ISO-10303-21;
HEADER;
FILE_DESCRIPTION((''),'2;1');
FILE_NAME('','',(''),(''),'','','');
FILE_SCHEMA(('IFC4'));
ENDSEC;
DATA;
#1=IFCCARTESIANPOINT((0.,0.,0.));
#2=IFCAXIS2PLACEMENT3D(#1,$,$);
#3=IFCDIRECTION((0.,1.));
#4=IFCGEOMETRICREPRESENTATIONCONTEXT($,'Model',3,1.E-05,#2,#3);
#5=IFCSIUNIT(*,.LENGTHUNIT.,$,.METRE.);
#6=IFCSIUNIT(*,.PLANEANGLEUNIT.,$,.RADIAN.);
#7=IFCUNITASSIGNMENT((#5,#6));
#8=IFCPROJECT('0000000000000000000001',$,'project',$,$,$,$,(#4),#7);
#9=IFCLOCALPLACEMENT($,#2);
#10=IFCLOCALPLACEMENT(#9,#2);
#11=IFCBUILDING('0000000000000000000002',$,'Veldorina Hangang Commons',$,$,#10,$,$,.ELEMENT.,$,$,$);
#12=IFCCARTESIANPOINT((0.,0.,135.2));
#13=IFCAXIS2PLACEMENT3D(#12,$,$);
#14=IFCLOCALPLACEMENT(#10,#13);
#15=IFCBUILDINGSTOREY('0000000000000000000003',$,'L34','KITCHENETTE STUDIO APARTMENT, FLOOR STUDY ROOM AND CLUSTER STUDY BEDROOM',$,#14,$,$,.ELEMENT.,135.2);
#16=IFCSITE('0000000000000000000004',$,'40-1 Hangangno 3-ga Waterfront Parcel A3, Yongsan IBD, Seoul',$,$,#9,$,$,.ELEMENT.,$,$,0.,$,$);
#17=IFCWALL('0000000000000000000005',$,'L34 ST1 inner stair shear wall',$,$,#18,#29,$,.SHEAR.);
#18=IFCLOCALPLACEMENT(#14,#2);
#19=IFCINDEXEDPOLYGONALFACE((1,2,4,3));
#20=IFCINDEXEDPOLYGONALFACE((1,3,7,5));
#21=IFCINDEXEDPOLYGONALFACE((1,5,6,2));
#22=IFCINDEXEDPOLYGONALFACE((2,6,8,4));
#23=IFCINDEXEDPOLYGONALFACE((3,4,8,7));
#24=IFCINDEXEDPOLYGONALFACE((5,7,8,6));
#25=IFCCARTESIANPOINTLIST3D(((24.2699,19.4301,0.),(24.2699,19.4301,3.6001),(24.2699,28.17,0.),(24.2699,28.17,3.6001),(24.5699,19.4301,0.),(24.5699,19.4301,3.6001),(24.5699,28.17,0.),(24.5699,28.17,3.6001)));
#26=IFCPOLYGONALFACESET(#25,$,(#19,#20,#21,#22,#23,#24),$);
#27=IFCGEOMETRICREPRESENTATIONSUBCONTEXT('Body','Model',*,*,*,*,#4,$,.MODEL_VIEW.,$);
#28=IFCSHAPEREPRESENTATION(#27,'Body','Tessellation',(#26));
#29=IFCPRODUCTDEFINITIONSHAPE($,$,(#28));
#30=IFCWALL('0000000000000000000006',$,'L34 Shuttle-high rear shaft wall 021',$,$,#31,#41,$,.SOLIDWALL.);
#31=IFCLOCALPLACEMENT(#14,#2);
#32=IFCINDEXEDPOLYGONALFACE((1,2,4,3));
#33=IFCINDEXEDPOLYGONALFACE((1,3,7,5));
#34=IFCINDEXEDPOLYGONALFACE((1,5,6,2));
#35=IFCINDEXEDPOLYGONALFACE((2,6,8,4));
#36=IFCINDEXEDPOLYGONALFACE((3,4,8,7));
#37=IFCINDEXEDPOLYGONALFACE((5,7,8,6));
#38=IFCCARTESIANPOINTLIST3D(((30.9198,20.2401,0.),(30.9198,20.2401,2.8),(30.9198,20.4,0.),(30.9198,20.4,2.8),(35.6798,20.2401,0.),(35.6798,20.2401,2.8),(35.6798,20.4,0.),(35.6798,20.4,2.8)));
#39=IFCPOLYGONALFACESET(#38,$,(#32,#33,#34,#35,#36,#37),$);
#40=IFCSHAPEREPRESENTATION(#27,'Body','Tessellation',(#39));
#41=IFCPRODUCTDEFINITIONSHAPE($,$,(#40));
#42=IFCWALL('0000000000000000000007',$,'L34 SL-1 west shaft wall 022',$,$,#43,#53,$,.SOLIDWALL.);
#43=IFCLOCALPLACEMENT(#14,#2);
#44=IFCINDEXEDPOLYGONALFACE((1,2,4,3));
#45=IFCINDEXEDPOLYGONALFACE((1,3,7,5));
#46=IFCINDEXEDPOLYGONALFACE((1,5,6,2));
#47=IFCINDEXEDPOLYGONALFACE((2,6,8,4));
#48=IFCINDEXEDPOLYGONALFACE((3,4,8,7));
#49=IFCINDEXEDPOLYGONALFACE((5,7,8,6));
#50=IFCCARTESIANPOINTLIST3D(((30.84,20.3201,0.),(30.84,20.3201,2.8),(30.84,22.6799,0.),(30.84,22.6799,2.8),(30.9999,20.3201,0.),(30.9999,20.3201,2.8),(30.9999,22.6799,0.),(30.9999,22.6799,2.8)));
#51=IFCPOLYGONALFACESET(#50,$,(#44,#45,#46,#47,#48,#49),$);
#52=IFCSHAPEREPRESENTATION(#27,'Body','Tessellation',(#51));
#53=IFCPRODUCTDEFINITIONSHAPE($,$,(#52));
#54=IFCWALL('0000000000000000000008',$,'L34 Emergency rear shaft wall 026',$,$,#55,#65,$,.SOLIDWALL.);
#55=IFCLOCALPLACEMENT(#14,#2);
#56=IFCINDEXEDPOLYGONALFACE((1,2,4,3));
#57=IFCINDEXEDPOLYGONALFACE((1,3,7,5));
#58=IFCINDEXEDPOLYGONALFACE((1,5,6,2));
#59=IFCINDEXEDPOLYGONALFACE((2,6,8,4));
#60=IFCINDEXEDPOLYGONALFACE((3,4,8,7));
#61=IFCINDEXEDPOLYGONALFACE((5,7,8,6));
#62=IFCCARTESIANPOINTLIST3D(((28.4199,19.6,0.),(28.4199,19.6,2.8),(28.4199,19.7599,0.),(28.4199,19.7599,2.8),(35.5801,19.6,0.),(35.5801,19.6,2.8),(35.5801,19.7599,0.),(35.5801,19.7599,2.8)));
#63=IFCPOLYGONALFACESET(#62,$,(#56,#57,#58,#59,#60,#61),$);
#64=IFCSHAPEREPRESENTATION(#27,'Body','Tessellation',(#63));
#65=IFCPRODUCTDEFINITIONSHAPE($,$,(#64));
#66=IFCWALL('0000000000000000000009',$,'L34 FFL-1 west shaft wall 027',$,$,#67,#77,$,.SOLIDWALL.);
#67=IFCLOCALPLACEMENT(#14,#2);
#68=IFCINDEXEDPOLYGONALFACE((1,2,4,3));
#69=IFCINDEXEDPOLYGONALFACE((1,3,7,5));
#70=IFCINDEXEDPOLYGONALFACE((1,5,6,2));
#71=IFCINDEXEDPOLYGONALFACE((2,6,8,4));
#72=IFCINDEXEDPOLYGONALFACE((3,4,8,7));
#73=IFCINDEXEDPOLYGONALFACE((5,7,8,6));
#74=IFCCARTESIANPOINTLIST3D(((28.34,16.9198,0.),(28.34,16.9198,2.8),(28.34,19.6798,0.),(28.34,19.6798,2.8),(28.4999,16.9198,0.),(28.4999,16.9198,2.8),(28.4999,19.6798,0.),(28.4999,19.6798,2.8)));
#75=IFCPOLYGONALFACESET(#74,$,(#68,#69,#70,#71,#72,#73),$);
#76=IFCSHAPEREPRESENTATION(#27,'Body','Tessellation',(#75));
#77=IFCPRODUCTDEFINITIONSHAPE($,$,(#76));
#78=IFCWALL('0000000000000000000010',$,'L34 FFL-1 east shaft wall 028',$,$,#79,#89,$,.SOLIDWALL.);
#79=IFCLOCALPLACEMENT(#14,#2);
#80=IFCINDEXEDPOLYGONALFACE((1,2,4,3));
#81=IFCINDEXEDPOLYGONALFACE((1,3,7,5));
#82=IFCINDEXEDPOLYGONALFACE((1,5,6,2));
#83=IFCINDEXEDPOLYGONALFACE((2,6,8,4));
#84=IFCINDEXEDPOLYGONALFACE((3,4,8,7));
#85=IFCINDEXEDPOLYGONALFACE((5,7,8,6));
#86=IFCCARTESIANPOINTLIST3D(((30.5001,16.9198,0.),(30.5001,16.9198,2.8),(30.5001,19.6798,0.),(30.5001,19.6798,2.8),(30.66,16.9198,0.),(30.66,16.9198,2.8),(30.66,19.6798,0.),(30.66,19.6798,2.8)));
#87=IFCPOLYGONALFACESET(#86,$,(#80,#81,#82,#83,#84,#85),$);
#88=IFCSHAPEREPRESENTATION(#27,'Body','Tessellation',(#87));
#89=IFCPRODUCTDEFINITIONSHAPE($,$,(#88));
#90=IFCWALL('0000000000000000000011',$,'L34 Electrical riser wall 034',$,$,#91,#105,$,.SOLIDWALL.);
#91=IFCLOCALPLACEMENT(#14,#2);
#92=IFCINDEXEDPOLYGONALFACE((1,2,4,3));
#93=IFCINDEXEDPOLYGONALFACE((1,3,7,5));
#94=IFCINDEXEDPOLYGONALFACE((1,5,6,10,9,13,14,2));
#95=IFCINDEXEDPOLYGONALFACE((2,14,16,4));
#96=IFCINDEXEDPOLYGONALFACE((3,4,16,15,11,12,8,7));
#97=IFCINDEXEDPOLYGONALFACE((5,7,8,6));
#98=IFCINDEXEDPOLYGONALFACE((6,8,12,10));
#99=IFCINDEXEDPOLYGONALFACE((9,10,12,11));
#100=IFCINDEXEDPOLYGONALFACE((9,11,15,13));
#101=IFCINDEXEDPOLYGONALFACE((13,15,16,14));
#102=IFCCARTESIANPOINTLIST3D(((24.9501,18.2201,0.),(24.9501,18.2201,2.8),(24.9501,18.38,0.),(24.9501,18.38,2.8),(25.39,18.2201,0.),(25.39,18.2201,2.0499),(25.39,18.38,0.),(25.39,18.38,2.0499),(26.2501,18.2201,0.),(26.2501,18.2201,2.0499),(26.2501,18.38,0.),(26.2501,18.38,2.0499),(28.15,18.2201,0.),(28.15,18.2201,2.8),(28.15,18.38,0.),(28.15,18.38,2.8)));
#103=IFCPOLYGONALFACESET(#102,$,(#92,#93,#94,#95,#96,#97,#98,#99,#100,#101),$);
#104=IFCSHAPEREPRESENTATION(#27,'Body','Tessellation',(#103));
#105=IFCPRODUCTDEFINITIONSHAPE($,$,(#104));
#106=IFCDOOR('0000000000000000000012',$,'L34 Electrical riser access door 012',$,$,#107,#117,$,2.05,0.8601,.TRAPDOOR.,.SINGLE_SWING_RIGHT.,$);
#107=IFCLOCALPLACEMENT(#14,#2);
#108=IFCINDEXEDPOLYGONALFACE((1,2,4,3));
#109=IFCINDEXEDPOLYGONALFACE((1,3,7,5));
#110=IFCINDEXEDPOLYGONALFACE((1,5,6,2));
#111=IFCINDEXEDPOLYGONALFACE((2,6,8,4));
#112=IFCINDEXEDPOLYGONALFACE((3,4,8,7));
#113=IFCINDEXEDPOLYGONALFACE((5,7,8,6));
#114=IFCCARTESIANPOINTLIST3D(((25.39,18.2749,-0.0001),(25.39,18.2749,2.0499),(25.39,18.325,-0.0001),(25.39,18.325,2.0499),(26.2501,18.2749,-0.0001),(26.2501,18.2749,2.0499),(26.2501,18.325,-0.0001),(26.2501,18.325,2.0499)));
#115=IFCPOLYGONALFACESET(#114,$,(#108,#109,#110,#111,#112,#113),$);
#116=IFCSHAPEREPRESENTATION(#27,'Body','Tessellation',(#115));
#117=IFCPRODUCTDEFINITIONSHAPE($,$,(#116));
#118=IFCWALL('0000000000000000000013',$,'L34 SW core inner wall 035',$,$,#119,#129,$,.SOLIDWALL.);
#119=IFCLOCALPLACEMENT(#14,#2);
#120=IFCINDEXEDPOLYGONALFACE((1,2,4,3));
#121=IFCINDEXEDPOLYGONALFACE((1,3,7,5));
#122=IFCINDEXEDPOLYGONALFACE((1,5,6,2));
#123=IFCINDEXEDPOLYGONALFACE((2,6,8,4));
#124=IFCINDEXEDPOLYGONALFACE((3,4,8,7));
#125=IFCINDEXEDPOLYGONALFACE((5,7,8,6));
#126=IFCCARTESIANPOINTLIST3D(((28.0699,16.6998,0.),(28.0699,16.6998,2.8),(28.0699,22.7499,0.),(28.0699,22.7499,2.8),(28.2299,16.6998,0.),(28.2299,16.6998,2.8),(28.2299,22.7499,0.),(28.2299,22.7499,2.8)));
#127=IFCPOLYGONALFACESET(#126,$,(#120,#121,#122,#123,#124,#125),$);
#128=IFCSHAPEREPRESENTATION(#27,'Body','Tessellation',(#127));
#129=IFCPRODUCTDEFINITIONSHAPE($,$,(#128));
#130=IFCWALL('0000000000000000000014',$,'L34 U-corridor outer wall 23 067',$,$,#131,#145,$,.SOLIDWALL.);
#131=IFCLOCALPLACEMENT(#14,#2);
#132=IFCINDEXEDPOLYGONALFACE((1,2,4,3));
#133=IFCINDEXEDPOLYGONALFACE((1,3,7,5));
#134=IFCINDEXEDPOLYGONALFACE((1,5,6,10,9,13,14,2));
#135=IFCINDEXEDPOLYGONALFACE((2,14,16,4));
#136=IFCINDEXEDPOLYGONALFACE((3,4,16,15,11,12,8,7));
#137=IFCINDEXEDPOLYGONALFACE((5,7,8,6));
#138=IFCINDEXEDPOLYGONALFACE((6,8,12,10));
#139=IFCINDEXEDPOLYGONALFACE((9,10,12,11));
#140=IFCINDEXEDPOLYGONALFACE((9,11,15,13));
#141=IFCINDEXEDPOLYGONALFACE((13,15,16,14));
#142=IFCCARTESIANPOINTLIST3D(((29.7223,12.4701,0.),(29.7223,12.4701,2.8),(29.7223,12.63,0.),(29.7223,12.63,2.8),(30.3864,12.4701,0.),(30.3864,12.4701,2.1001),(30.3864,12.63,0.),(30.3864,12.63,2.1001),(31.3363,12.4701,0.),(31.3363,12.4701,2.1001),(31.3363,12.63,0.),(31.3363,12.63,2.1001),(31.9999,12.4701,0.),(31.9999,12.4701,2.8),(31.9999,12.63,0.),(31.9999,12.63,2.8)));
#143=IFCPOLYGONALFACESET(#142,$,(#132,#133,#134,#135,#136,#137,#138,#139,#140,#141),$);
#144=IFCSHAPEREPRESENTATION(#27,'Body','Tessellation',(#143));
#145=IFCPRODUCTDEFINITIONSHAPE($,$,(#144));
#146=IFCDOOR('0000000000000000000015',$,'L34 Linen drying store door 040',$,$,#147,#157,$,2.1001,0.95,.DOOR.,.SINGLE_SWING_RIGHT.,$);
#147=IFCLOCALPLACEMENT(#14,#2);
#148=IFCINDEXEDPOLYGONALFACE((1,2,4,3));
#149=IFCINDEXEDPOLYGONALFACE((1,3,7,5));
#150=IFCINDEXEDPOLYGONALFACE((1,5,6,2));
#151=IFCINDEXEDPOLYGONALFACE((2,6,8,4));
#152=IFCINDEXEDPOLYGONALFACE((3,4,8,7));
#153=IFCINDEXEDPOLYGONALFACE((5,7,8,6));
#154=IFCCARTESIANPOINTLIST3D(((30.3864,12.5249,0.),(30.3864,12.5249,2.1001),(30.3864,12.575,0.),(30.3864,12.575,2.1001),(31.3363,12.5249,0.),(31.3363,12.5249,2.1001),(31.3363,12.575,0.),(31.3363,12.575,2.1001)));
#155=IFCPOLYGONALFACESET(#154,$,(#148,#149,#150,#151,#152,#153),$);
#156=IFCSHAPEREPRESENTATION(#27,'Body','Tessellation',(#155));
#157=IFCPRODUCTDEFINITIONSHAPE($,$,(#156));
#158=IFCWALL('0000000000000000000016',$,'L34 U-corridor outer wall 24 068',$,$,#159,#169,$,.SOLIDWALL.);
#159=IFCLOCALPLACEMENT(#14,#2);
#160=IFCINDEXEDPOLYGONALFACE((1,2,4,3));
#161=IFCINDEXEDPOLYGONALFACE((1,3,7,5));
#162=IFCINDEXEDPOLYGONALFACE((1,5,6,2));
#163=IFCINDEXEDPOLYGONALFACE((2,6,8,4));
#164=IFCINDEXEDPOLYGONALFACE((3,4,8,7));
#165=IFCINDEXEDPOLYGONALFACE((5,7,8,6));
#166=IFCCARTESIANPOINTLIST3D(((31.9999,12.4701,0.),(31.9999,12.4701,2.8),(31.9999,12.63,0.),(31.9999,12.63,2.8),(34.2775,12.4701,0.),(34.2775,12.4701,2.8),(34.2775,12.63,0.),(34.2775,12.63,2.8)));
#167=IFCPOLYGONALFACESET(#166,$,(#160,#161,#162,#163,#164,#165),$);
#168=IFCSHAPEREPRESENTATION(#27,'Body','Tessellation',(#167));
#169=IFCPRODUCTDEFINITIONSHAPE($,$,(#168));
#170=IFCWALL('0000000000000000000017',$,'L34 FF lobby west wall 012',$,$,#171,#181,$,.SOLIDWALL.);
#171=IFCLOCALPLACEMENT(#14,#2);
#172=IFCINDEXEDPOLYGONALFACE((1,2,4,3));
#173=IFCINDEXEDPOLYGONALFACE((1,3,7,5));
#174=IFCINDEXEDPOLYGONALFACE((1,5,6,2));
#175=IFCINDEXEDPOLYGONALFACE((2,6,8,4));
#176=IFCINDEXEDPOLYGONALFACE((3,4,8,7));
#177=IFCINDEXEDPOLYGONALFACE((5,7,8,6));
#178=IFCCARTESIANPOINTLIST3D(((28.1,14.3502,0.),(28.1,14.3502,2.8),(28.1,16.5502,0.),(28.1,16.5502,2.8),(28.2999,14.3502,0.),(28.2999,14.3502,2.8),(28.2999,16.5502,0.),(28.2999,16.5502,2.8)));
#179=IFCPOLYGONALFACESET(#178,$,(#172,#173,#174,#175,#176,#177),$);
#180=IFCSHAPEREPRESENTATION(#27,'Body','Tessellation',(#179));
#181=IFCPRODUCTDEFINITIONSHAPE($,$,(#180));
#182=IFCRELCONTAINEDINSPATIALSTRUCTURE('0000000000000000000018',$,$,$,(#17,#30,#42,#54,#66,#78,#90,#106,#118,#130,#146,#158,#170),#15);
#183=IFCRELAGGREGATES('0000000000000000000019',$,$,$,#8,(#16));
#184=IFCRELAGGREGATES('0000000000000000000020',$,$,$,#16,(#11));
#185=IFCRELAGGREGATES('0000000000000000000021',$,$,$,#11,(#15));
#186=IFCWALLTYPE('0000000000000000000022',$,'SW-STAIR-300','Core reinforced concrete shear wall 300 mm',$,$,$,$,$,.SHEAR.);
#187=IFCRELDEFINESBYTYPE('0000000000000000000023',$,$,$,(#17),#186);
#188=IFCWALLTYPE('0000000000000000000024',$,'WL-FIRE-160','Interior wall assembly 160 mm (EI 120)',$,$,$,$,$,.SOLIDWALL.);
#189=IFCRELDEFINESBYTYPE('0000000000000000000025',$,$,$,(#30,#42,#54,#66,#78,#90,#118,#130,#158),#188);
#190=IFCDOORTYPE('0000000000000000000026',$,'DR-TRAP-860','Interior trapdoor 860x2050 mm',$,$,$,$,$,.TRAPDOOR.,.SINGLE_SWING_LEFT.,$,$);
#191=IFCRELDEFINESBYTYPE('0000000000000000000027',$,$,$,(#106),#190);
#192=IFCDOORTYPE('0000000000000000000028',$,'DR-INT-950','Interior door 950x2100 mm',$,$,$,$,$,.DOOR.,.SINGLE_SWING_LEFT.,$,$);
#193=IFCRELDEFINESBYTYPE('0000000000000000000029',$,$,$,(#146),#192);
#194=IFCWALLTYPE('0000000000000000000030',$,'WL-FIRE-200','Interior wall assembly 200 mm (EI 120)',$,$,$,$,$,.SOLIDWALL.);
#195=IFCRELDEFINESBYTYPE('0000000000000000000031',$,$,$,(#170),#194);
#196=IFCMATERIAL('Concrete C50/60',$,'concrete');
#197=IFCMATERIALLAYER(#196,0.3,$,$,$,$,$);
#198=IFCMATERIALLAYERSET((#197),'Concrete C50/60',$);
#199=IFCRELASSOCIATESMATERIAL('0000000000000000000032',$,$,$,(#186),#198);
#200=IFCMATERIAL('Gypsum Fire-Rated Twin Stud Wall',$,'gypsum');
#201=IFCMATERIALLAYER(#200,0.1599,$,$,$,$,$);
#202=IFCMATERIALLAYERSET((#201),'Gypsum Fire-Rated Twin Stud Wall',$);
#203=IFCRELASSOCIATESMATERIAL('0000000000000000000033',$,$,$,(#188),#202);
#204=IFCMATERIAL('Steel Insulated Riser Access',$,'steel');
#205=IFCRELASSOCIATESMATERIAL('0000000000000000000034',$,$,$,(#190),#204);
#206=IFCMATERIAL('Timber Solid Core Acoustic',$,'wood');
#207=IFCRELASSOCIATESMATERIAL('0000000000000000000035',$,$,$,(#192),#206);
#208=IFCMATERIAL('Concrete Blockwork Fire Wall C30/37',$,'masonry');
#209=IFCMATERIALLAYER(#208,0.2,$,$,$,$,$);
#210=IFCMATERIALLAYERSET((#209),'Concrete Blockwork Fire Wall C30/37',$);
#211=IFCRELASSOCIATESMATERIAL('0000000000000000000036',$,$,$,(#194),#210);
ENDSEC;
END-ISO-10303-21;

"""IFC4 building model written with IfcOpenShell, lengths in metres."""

from ifc_helpers import new_model, si_unit, direction, frame, frame_2d, origin, place, context, subcontext, project, spatial, rectangle, extrude, material, layer, layer_set, type_object, element, fill, save


model = new_model("IFC4")

# Units and contexts
model_context = context("Model", 3, precision=1e-05, world=origin(), true_north=direction((0.0, 1.0)))
body_context = subcontext(model_context, "Body", "Model", "MODEL_VIEW")
ifc_project = project(units=[si_unit("LENGTHUNIT", "METRE"), si_unit("PLANEANGLEUNIT", "RADIAN")], contexts=[model_context])

# Site, building, storey
site_placement = place(None, origin())
site = spatial("IfcSite", under=ifc_project, at=site_placement, Name="40-1 Hangangno 3-ga Waterfront Parcel A3, Yongsan IBD, Seoul", CompositionType="ELEMENT", RefElevation=0.0)
building_placement = place(site_placement, origin())
building = spatial("IfcBuilding", under=site, at=building_placement, Name="Veldorina Hangang Commons", CompositionType="ELEMENT")
storey_placement = place(building_placement, frame((0.0, 0.0, 135.2)))
storey = spatial("IfcBuildingStorey", under=building, at=storey_placement, Name="L34", Description="KITCHENETTE STUDIO APARTMENT, FLOOR STUDY ROOM AND CLUSTER STUDY BEDROOM", CompositionType="ELEMENT", Elevation=135.2)

# Walls
ifc_material_1 = material(Name="Concrete C50/60", Category="concrete")
ifc_layer_1 = layer(ifc_material_1, 0.3)
ifc_layer_set_1 = layer_set([ifc_layer_1], Name="Concrete C50/60")
wall_type_1 = type_object("IfcWallType", Name="SW-STAIR-300", Description="Core reinforced concrete shear wall 300 mm", PredefinedType="SHEAR", material=ifc_layer_set_1)
wall_1_placement = place(storey_placement, frame((24.4199, 19.4299, 0.0), z_axis=(0.0, 0.0, 1.0), x_axis=(0.0, 1.0, 0.0)))
element("IfcWall", 1, at=wall_1_placement, inside=storey, type_object=wall_type_1, Name="L34 ST1 inner stair shear wall", PredefinedType="SHEAR", context=body_context, shape_type="SweptSolid", body=[
    extrude(rectangle(XDim=8.74, YDim=0.3, at=frame_2d((4.3701, 0.0))), origin(), (0.0, 0.0, 1.0), 3.6001),
])
ifc_material_2 = material(Name="Gypsum Fire-Rated Twin Stud Wall", Category="gypsum")
ifc_layer_2 = layer(ifc_material_2, 0.1599)
ifc_layer_set_2 = layer_set([ifc_layer_2], Name="Gypsum Fire-Rated Twin Stud Wall")
wall_type_2 = type_object("IfcWallType", Name="WL-FIRE-160", Description="Interior wall assembly 160 mm (EI 120)", PredefinedType="SOLIDWALL", material=ifc_layer_set_2)
wall_2_placement = place(storey_placement, frame((30.9199, 20.3201, 0.0), z_axis=(0.0, 0.0, 1.0), x_axis=(1.0, 0.0, 0.0)))
element("IfcWall", 2, at=wall_2_placement, inside=storey, type_object=wall_type_2, Name="L34 Shuttle-high rear shaft wall 021", PredefinedType="SOLIDWALL", context=body_context, shape_type="SweptSolid", body=[
    extrude(rectangle(XDim=4.76, YDim=0.1599, at=frame_2d((2.3799, 0.0))), origin(), (0.0, 0.0, 1.0), 2.8),
])
wall_3_placement = place(storey_placement, frame((30.9199, 20.3201, 0.0), z_axis=(0.0, 0.0, 1.0), x_axis=(0.0, 1.0, 0.0)))
element("IfcWall", 3, at=wall_3_placement, inside=storey, type_object=wall_type_2, Name="L34 SL-1 west shaft wall 022", PredefinedType="SOLIDWALL", context=body_context, shape_type="SweptSolid", body=[
    extrude(rectangle(XDim=2.3599, YDim=0.1599, at=frame_2d((1.1799, 0.0))), origin(), (0.0, 0.0, 1.0), 2.8),
])

# Walls
wall_4_placement = place(storey_placement, frame((28.4199, 19.6799, 0.0), z_axis=(0.0, 0.0, 1.0), x_axis=(1.0, 0.0, 0.0)))
element("IfcWall", 4, at=wall_4_placement, inside=storey, type_object=wall_type_2, Name="L34 Emergency rear shaft wall 026", PredefinedType="SOLIDWALL", context=body_context, shape_type="SweptSolid", body=[
    extrude(rectangle(XDim=7.1602, YDim=0.1599, at=frame_2d((3.5801, 0.0))), origin(), (0.0, 0.0, 1.0), 2.8),
])
for number, where, z_axis, x_axis, name in (
    (5, (28.4199, 16.9199, 0.0), (0.0, 0.0, 1.0), (0.0, 1.0, 0.0), "L34 FFL-1 west shaft wall 027"),
    (6, (30.5801, 16.9199, 0.0), (0.0, 0.0, 1.0), (0.0, 1.0, 0.0), "L34 FFL-1 east shaft wall 028"),
):
    element("IfcWall", number, at=place(storey_placement, frame(where, z_axis=z_axis, x_axis=x_axis)), inside=storey, type_object=wall_type_2, Name=name, PredefinedType="SOLIDWALL", context=body_context, shape_type="SweptSolid", body=[
        extrude(rectangle(XDim=2.76, YDim=0.1599, at=frame_2d((1.3799, 0.0))), origin(), (0.0, 0.0, 1.0), 2.8),
    ])

# Wall, opening, door
wall_5_placement = place(storey_placement, frame((24.95, 18.3, 0.0), z_axis=(0.0, 0.0, 1.0), x_axis=(1.0, 0.0, 0.0)))
wall_5 = element("IfcWall", 7, at=wall_5_placement, inside=storey, type_object=wall_type_2, Name="L34 Electrical riser wall 034", PredefinedType="SOLIDWALL", context=body_context, shape_type="SweptSolid", body=[
    extrude(rectangle(XDim=3.2, YDim=0.1599, at=frame_2d((1.6001, 0.0))), origin(), (0.0, 0.0, 1.0), 2.8),
])
opening_1_placement = place(wall_5_placement, frame((0.4399, 0.0, 0.0)))
opening_1 = element("IfcOpeningElement", 8, at=opening_1_placement, cuts=wall_5, PredefinedType="OPENING", context=body_context, shape_type="SweptSolid", body=[
    extrude(rectangle(XDim=0.8601, YDim=2.05, at=frame_2d((0.4302, 1.0249))), frame((0.0, 0.0898, 0.0), z_axis=(0.0, -1.0, 0.0), x_axis=(1.0, 0.0, 0.0)), (0.0, 0.0, 1.0), 0.1799),
])
ifc_material_3 = material(Name="Steel Insulated Riser Access", Category="steel")
door_type_1 = type_object("IfcDoorType", Name="DR-TRAP-860", Description="Interior trapdoor 860x2050 mm", OperationType="SINGLE_SWING_LEFT", PredefinedType="TRAPDOOR", material=ifc_material_3)
door_1_placement = place(opening_1_placement, origin())
door_1 = element("IfcDoor", 9, at=door_1_placement, inside=storey, type_object=door_type_1, Name="L34 Electrical riser access door 012", OperationType="SINGLE_SWING_RIGHT", OverallHeight=2.05, OverallWidth=0.8601, PredefinedType="TRAPDOOR", context=body_context, shape_type="SweptSolid", body=[
    extrude(rectangle(XDim=0.8601, YDim=2.05, at=frame_2d((0.4302, 1.0249))), frame((0.0, 0.0249, 0.0), z_axis=(0.0, -1.0, 0.0), x_axis=(1.0, 0.0, 0.0)), (0.0, 0.0, 1.0), 0.05),
])
fill(opening_1, door_1)

# Wall
wall_6_placement = place(storey_placement, frame((28.1499, 16.7, 0.0), z_axis=(0.0, 0.0, 1.0), x_axis=(0.0, 1.0, 0.0)))
element("IfcWall", 10, at=wall_6_placement, inside=storey, type_object=wall_type_2, Name="L34 SW core inner wall 035", PredefinedType="SOLIDWALL", context=body_context, shape_type="SweptSolid", body=[
    extrude(rectangle(XDim=6.05, YDim=0.1599, at=frame_2d((3.0249, 0.0))), origin(), (0.0, 0.0, 1.0), 2.8),
])

# Wall, opening, door
wall_7_placement = place(storey_placement, frame((29.7224, 12.55, 0.0), z_axis=(0.0, 0.0, 1.0), x_axis=(1.0, 0.0, 0.0)))
wall_7 = element("IfcWall", 11, at=wall_7_placement, inside=storey, type_object=wall_type_2, Name="L34 U-corridor outer wall 23 067", PredefinedType="SOLIDWALL", context=body_context, shape_type="SweptSolid", body=[
    extrude(rectangle(XDim=2.2776, YDim=0.1599, at=frame_2d((1.1387, 0.0))), origin(), (0.0, 0.0, 1.0), 2.8),
])
opening_2_placement = place(wall_7_placement, frame((0.6638, 0.0, 0.0)))
opening_2 = element("IfcOpeningElement", 12, at=opening_2_placement, cuts=wall_7, PredefinedType="OPENING", context=body_context, shape_type="SweptSolid", body=[
    extrude(rectangle(XDim=0.95, YDim=2.1001, at=frame_2d((0.4751, 1.05))), frame((0.0, 0.0898, 0.0), z_axis=(0.0, -1.0, 0.0), x_axis=(1.0, 0.0, 0.0)), (0.0, 0.0, 1.0), 0.1799),
])
ifc_material_4 = material(Name="Timber Solid Core Acoustic", Category="wood")
door_type_2 = type_object("IfcDoorType", Name="DR-INT-950", Description="Interior door 950x2100 mm", OperationType="SINGLE_SWING_LEFT", PredefinedType="DOOR", material=ifc_material_4)
door_2_placement = place(opening_2_placement, origin())
door_2 = element("IfcDoor", 13, at=door_2_placement, inside=storey, type_object=door_type_2, Name="L34 Linen drying store door 040", OperationType="SINGLE_SWING_RIGHT", OverallHeight=2.1001, OverallWidth=0.95, PredefinedType="DOOR", context=body_context, shape_type="SweptSolid", body=[
    extrude(rectangle(XDim=0.95, YDim=2.1001, at=frame_2d((0.4751, 1.05))), frame((0.0, 0.0249, 0.0), z_axis=(0.0, -1.0, 0.0), x_axis=(1.0, 0.0, 0.0)), (0.0, 0.0, 1.0), 0.05),
])
fill(opening_2, door_2)

# Walls
wall_8_placement = place(storey_placement, frame((32.0, 12.55, 0.0), z_axis=(0.0, 0.0, 1.0), x_axis=(1.0, 0.0, 0.0)))
element("IfcWall", 14, at=wall_8_placement, inside=storey, type_object=wall_type_2, Name="L34 U-corridor outer wall 24 068", PredefinedType="SOLIDWALL", context=body_context, shape_type="SweptSolid", body=[
    extrude(rectangle(XDim=2.2776, YDim=0.1599, at=frame_2d((1.1387, 0.0))), origin(), (0.0, 0.0, 1.0), 2.8),
])
ifc_material_5 = material(Name="Concrete Blockwork Fire Wall C30/37", Category="masonry")
ifc_layer_3 = layer(ifc_material_5, 0.2)
ifc_layer_set_3 = layer_set([ifc_layer_3], Name="Concrete Blockwork Fire Wall C30/37")
wall_type_3 = type_object("IfcWallType", Name="WL-FIRE-200", Description="Interior wall assembly 200 mm (EI 120)", PredefinedType="SOLIDWALL", material=ifc_layer_set_3)
wall_9_placement = place(storey_placement, frame((28.2, 14.3501, 0.0), z_axis=(0.0, 0.0, 1.0), x_axis=(0.0, 1.0, 0.0)))
element("IfcWall", 15, at=wall_9_placement, inside=storey, type_object=wall_type_3, Name="L34 FF lobby west wall 012", PredefinedType="SOLIDWALL", context=body_context, shape_type="SweptSolid", body=[
    extrude(rectangle(XDim=2.2, YDim=0.2, at=frame_2d((1.1001, 0.0))), origin(), (0.0, 0.0, 1.0), 2.8),
])

save(model, "model.ifc")
